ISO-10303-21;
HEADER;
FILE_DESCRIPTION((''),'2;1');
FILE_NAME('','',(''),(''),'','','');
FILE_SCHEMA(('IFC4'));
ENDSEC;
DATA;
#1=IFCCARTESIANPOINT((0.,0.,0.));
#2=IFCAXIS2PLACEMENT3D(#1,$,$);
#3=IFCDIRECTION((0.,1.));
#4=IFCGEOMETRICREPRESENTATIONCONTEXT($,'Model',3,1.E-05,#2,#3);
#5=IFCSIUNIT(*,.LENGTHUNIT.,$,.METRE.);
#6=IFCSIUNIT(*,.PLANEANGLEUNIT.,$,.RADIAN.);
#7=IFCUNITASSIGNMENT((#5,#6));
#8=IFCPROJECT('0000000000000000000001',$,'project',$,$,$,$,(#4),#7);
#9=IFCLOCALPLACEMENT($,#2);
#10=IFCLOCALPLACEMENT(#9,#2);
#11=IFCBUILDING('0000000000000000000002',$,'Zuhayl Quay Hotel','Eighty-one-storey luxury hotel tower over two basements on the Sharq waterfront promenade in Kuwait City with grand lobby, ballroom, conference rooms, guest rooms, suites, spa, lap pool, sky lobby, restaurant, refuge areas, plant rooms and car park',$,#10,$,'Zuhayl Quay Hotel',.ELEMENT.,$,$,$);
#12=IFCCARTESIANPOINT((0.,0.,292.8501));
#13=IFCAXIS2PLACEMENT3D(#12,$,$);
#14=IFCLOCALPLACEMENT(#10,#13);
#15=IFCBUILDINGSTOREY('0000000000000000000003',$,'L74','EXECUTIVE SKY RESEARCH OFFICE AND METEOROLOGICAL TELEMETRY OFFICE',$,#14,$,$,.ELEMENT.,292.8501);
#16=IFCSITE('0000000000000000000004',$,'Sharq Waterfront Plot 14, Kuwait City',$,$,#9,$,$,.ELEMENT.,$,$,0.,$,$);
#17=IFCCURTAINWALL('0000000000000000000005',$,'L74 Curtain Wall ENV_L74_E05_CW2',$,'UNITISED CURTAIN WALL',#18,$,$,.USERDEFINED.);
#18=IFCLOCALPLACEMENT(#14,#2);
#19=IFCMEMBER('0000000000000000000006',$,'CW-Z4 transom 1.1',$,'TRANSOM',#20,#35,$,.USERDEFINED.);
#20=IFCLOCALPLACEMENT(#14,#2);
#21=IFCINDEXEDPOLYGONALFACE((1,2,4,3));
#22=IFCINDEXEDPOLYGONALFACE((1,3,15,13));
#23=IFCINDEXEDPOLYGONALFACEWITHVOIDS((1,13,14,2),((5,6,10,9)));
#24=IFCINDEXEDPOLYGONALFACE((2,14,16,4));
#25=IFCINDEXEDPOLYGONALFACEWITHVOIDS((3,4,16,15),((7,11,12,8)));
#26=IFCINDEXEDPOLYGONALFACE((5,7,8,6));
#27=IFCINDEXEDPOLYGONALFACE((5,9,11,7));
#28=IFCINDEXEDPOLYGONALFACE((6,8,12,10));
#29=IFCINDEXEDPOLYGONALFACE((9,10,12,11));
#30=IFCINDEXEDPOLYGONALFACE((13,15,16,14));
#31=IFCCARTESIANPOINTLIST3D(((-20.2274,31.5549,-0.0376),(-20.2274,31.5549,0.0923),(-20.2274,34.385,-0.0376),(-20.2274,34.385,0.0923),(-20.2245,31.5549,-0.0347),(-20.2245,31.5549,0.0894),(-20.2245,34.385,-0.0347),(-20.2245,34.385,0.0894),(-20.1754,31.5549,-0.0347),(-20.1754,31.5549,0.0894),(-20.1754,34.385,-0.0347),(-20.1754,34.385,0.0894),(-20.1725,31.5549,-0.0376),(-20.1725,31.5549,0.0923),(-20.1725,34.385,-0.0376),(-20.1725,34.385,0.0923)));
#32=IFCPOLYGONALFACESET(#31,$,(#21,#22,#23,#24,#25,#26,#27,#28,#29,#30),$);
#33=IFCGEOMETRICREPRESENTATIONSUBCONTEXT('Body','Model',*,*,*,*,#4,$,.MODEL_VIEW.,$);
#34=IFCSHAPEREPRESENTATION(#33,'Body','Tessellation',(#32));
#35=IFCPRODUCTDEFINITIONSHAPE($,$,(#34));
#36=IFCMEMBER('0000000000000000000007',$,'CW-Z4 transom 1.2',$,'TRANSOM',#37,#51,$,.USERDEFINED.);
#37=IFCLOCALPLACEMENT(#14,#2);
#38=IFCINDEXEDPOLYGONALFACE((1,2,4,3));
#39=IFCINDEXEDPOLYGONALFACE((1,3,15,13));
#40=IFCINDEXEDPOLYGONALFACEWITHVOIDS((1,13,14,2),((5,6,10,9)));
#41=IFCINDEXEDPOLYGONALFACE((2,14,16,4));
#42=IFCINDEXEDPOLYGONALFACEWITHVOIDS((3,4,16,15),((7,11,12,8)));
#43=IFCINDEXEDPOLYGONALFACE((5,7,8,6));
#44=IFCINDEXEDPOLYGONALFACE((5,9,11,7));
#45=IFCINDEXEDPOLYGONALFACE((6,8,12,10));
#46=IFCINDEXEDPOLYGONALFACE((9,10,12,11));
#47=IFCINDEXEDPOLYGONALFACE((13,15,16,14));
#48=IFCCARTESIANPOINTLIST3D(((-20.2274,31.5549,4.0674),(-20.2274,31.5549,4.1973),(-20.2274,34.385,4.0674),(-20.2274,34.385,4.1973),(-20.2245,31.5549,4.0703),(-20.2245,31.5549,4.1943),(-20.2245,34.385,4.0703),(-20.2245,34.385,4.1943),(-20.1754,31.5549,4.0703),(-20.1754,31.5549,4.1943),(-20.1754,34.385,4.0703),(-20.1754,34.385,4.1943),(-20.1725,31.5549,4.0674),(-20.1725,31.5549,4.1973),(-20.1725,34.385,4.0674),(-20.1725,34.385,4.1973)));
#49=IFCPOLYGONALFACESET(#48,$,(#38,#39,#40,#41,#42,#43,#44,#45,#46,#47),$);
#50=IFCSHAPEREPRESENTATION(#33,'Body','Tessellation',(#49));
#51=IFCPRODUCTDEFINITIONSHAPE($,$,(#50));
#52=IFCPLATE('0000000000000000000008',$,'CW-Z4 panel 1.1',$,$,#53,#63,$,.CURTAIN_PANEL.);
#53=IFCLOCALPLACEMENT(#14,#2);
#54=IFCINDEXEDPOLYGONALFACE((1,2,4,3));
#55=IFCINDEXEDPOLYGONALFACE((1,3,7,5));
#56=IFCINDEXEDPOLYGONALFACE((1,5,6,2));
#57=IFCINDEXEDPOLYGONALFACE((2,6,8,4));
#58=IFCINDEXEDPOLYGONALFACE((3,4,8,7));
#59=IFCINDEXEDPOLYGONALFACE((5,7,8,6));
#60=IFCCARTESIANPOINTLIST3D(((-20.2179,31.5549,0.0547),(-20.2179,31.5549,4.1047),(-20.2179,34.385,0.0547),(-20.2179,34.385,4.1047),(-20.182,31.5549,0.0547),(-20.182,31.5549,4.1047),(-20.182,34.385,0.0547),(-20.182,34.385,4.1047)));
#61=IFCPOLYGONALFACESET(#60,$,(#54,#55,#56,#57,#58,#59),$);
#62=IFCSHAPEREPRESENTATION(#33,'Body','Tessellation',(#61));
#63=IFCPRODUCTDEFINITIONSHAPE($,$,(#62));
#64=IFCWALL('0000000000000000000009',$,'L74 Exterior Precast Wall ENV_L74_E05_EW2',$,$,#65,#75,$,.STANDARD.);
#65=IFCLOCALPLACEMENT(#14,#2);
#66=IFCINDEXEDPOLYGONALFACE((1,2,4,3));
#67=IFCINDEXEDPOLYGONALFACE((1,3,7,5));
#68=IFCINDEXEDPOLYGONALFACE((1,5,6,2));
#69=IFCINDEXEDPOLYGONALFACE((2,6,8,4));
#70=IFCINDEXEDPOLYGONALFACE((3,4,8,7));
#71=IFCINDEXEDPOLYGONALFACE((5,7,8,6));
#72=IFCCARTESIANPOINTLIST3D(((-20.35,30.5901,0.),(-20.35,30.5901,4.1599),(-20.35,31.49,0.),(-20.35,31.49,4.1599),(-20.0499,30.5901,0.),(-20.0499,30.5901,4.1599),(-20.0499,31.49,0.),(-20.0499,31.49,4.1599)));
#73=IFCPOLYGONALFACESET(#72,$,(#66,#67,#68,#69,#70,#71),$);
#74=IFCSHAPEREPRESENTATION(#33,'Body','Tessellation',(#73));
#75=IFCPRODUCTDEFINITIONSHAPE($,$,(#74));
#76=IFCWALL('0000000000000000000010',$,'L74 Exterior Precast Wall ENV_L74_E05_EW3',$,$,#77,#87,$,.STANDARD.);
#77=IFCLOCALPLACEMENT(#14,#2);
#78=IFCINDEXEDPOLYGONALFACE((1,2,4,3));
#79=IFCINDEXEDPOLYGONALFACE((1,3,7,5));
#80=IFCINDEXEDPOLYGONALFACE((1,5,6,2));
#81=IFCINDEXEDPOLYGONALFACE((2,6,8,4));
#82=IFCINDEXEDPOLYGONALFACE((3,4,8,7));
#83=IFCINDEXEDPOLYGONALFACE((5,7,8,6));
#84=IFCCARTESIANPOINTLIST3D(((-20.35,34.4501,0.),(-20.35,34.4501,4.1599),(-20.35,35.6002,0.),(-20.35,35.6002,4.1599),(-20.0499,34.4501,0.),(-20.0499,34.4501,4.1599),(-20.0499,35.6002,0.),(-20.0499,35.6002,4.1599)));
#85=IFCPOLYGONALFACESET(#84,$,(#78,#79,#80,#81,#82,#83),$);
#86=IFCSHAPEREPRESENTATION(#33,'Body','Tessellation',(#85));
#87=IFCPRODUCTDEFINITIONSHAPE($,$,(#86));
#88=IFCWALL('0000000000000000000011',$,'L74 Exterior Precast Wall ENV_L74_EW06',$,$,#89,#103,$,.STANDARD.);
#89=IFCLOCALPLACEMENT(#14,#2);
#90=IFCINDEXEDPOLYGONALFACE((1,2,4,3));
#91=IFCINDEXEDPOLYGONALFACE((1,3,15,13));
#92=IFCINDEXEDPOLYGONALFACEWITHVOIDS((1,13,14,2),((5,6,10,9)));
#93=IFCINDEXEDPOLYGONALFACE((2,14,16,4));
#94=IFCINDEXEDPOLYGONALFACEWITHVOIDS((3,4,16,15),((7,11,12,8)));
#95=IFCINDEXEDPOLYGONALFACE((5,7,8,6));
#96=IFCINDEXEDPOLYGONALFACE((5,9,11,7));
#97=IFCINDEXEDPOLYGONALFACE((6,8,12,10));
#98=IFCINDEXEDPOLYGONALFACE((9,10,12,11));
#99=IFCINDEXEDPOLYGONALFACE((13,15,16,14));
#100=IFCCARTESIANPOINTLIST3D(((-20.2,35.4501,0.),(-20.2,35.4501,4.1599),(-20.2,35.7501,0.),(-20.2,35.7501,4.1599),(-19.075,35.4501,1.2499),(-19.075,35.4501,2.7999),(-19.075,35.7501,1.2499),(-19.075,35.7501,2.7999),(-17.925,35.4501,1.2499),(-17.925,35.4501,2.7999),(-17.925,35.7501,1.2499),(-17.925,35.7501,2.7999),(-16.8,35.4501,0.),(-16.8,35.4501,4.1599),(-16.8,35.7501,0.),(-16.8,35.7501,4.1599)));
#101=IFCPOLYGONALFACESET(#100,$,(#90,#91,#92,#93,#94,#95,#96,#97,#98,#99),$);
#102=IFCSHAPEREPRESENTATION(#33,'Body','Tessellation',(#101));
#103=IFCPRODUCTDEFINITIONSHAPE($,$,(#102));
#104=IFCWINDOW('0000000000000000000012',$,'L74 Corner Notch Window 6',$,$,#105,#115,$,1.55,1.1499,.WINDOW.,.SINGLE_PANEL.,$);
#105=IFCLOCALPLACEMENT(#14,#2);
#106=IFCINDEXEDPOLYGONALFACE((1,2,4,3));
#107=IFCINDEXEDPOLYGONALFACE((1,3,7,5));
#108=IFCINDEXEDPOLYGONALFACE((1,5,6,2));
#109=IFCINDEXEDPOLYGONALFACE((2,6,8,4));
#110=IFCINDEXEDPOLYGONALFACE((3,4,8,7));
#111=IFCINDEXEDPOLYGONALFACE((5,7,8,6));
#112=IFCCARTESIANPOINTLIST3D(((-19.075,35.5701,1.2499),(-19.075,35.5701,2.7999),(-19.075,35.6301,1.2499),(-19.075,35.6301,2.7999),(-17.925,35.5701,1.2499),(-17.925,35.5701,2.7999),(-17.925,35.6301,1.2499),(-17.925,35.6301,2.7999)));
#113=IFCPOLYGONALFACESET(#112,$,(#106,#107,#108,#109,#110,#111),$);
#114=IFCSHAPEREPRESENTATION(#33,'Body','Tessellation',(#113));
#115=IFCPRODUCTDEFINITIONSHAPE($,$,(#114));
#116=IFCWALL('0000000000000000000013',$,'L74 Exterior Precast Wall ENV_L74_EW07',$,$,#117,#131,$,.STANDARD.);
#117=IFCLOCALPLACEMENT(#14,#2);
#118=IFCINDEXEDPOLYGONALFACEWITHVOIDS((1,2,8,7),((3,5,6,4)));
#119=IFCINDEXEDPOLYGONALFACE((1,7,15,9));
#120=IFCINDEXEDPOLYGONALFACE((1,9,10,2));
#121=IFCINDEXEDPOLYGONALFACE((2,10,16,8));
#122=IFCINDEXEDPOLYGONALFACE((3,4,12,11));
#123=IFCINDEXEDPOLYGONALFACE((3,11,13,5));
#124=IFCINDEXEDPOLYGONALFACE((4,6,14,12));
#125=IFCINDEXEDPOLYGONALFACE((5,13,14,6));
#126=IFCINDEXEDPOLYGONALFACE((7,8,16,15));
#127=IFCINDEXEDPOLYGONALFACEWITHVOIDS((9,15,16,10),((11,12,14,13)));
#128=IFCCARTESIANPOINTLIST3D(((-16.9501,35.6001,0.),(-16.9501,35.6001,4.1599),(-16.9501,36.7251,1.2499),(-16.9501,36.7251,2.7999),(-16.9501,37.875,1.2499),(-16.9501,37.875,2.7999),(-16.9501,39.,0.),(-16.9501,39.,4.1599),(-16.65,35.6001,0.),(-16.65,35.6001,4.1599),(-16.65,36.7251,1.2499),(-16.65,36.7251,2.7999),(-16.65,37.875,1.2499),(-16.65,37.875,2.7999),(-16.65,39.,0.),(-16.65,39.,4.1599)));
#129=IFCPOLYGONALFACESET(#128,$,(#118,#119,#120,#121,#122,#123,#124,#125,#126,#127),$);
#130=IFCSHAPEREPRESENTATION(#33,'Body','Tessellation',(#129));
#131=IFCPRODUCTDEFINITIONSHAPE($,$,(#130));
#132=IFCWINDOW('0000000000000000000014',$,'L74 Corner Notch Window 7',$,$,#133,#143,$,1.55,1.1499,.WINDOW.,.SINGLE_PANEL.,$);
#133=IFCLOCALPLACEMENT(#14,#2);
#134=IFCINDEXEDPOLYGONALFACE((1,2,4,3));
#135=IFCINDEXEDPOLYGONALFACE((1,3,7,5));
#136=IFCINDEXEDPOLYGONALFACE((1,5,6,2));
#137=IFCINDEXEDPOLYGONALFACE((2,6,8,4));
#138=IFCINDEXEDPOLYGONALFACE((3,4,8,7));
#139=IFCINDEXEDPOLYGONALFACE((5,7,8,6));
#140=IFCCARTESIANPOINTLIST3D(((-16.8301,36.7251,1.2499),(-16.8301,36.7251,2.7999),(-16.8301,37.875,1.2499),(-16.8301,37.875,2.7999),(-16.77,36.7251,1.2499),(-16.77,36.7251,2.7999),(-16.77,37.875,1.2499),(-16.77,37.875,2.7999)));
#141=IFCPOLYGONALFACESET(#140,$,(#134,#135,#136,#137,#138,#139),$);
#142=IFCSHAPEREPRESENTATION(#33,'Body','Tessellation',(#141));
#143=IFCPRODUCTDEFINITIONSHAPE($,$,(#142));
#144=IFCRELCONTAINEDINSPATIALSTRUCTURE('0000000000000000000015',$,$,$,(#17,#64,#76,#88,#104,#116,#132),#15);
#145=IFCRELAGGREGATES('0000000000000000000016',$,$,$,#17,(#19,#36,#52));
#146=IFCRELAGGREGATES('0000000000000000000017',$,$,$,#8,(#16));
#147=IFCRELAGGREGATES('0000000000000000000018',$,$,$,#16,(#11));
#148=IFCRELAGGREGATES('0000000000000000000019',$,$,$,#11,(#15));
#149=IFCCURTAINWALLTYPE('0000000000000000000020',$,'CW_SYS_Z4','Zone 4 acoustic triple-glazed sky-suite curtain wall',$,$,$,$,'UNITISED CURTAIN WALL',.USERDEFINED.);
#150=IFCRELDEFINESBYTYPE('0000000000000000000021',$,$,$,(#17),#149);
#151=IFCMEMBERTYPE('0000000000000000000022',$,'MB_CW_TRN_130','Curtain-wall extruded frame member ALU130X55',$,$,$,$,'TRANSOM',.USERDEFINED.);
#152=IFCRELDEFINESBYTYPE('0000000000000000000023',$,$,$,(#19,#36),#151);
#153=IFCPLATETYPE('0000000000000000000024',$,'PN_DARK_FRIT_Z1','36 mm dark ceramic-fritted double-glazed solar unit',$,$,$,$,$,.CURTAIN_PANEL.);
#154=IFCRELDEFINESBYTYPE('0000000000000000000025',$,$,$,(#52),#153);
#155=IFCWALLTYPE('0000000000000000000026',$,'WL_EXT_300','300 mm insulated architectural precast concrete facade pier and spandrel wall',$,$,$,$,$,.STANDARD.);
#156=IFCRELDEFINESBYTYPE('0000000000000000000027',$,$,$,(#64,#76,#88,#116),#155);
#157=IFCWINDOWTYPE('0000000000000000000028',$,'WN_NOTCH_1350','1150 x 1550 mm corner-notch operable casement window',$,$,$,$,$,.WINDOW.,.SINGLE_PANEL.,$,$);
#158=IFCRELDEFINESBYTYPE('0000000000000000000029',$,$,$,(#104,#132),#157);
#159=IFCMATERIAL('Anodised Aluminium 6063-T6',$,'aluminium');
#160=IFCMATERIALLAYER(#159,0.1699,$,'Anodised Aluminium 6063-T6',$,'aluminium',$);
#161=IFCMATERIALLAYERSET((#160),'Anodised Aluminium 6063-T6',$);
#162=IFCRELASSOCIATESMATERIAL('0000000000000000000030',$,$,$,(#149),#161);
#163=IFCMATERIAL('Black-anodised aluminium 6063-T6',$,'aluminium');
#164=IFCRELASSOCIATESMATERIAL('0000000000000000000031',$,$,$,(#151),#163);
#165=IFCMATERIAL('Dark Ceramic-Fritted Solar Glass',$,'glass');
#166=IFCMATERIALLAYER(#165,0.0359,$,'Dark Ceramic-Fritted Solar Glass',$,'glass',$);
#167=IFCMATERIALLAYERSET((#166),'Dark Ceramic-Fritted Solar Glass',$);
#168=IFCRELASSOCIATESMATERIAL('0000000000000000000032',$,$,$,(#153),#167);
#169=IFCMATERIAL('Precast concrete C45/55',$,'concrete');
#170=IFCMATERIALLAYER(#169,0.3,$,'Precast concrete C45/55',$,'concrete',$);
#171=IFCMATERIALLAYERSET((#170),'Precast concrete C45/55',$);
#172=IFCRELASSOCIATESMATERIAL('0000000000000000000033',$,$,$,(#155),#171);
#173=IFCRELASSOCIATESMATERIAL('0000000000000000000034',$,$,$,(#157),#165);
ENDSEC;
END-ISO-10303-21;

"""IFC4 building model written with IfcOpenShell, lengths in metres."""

from ifc_helpers import new_model, si_unit, direction, frame, frame_2d, origin, origin_2d, place, context, subcontext, project, spatial, rectangle, hollow_rectangle, extrude, material, layer, layer_set, material_profile, profile_set, type_object, element, fill, aggregate, save


model = new_model("IFC4")

# Units and contexts
model_context = context("Model", 3, precision=1e-05, world=origin(), true_north=direction((0.0, 1.0)))
body_context = subcontext(model_context, "Body", "Model", "MODEL_VIEW")
ifc_project = project(units=[si_unit("LENGTHUNIT", "METRE"), si_unit("PLANEANGLEUNIT", "RADIAN")], contexts=[model_context])

# Site, building, storey
site_placement = place(None, origin())
site = spatial("IfcSite", under=ifc_project, at=site_placement, Name="Sharq Waterfront Plot 14, Kuwait City", CompositionType="ELEMENT", RefElevation=0.0)
building_placement = place(site_placement, origin())
building = spatial("IfcBuilding", under=site, at=building_placement, Name="Zuhayl Quay Hotel", Description="Eighty-one-storey luxury hotel tower over two basements on the Sharq waterfront promenade in Kuwait City with grand lobby, ballroom, conference rooms, guest rooms, suites, spa, lap pool, sky lobby, restaurant, refuge areas, plant rooms and car park", LongName="Zuhayl Quay Hotel", CompositionType="ELEMENT")
storey_placement = place(building_placement, frame((0.0, 0.0, 292.8501)))
storey = spatial("IfcBuildingStorey", under=building, at=storey_placement, Name="L74", Description="EXECUTIVE SKY RESEARCH OFFICE AND METEOROLOGICAL TELEMETRY OFFICE", CompositionType="ELEMENT", Elevation=292.8501)

# Shared definitions
ifc_material_1 = material(Name="Anodised Aluminium 6063-T6", Category="aluminium")
ifc_layer_1 = layer(ifc_material_1, 0.1699, Name="Anodised Aluminium 6063-T6", Category="aluminium")
ifc_layer_set_1 = layer_set([ifc_layer_1], Name="Anodised Aluminium 6063-T6")
curtain_wall_type = type_object("IfcCurtainWallType", Name="CW_SYS_Z4", Description="Zone 4 acoustic triple-glazed sky-suite curtain wall", ElementType="UNITISED CURTAIN WALL", PredefinedType="USERDEFINED", material=ifc_layer_set_1)
ifc_material_2 = material(Name="Black-anodised aluminium 6063-T6", Category="aluminium")

# Curtain wall, members, plate
curtain_wall_1_placement = place(storey_placement, origin())
curtain_wall_1 = element("IfcCurtainWall", 1, at=curtain_wall_1_placement, inside=storey, type_object=curtain_wall_type, Name="L74 Curtain Wall ENV_L74_E05_CW2", ObjectType="UNITISED CURTAIN WALL", PredefinedType="USERDEFINED")
ifc_material_profile_1 = material_profile(ifc_material_2, hollow_rectangle(XDim=0.0549, YDim=0.1299, WallThickness=0.0029, at=origin_2d()), Name="ALU130X55")
ifc_profile_set_1 = profile_set([ifc_material_profile_1], Name="Black-anodised aluminium 6063-T6")
member_type_1 = type_object("IfcMemberType", Name="MB_CW_TRN_130", Description="Curtain-wall extruded frame member ALU130X55", ElementType="TRANSOM", PredefinedType="USERDEFINED", material=ifc_profile_set_1)
member_1_placement = place(storey_placement, frame((-20.2, 31.5549, 0.0273), z_axis=(0.0, 1.0, 0.0), x_axis=(-1.0, 0.0, 0.0)))
member_1 = element("IfcMember", 2, at=member_1_placement, type_object=member_type_1, Name="CW-Z4 transom 1.1", ObjectType="TRANSOM", PredefinedType="USERDEFINED", context=body_context, shape_type="SweptSolid", body=[
    extrude(hollow_rectangle(XDim=0.0549, YDim=0.1299, WallThickness=0.0029, at=origin_2d()), origin(), (0.0, 0.0, 1.0), 2.8301),
])
member_2_placement = place(storey_placement, frame((-20.2, 31.5549, 4.1323), z_axis=(0.0, 1.0, 0.0), x_axis=(-1.0, 0.0, 0.0)))
member_2 = element("IfcMember", 3, at=member_2_placement, type_object=member_type_1, Name="CW-Z4 transom 1.2", ObjectType="TRANSOM", PredefinedType="USERDEFINED", context=body_context, shape_type="SweptSolid", body=[
    extrude(hollow_rectangle(XDim=0.0549, YDim=0.1299, WallThickness=0.0029, at=origin_2d()), origin(), (0.0, 0.0, 1.0), 2.8301),
])
ifc_material_3 = material(Name="Dark Ceramic-Fritted Solar Glass", Category="glass")
ifc_layer_2 = layer(ifc_material_3, 0.0359, Name="Dark Ceramic-Fritted Solar Glass", Category="glass")
ifc_layer_set_2 = layer_set([ifc_layer_2], Name="Dark Ceramic-Fritted Solar Glass")
plate_type = type_object("IfcPlateType", Name="PN_DARK_FRIT_Z1", Description="36 mm dark ceramic-fritted double-glazed solar unit", PredefinedType="CURTAIN_PANEL", material=ifc_layer_set_2)
plate_placement = place(storey_placement, frame((-20.2, 32.97, 0.0547), z_axis=(0.0, 0.0, 1.0), x_axis=(0.0, 1.0, 0.0)))
plate = element("IfcPlate", 4, at=plate_placement, type_object=plate_type, Name="CW-Z4 panel 1.1", PredefinedType="CURTAIN_PANEL", context=body_context, shape_type="SweptSolid", body=[
    extrude(rectangle(XDim=2.8301, YDim=0.0359, at=origin_2d()), origin(), (0.0, 0.0, 1.0), 4.05),
])
aggregate(curtain_wall_1, [member_1, member_2, plate])

# Walls
ifc_material_4 = material(Name="Precast concrete C45/55", Category="concrete")
ifc_layer_3 = layer(ifc_material_4, 0.3, Name="Precast concrete C45/55", Category="concrete")
ifc_layer_set_3 = layer_set([ifc_layer_3], Name="Precast concrete C45/55")
wall_type_1 = type_object("IfcWallType", Name="WL_EXT_300", Description="300 mm insulated architectural precast concrete facade pier and spandrel wall", PredefinedType="STANDARD", material=ifc_layer_set_3)
wall_1_placement = place(storey_placement, frame((-20.2, 30.5901, 0.0), z_axis=(0.0, 0.0, 1.0), x_axis=(0.0, 1.0, 0.0)))
element("IfcWall", 5, at=wall_1_placement, inside=storey, type_object=wall_type_1, Name="L74 Exterior Precast Wall ENV_L74_E05_EW2", PredefinedType="STANDARD", context=body_context, shape_type="SweptSolid", body=[
    extrude(rectangle(XDim=0.8999, YDim=0.3, at=frame_2d((0.45, 0.0))), origin(), (0.0, 0.0, 1.0), 4.1599),
])
wall_2_placement = place(storey_placement, frame((-20.2, 34.45, 0.0), z_axis=(0.0, 0.0, 1.0), x_axis=(0.0, 1.0, 0.0)))
element("IfcWall", 6, at=wall_2_placement, inside=storey, type_object=wall_type_1, Name="L74 Exterior Precast Wall ENV_L74_E05_EW3", PredefinedType="STANDARD", context=body_context, shape_type="SweptSolid", body=[
    extrude(rectangle(XDim=1.1501, YDim=0.3, at=frame_2d((0.5752, 0.0))), origin(), (0.0, 0.0, 1.0), 4.1599),
])

# Walls, openings, windows
wall_3_placement = place(storey_placement, frame((-20.2, 35.6001, 0.0), z_axis=(0.0, 0.0, 1.0), x_axis=(1.0, 0.0, 0.0)))
wall_3 = element("IfcWall", 7, at=wall_3_placement, inside=storey, type_object=wall_type_1, Name="L74 Exterior Precast Wall ENV_L74_EW06", PredefinedType="STANDARD", context=body_context, shape_type="SweptSolid", body=[
    extrude(rectangle(XDim=3.3999, YDim=0.3, at=frame_2d((1.7, 0.0))), origin(), (0.0, 0.0, 1.0), 4.1599),
])
opening_1_placement = place(wall_3_placement, frame((1.125, 0.0, 1.25)))
opening_1 = element("IfcOpeningElement", 8, at=opening_1_placement, cuts=wall_3, PredefinedType="OPENING", context=body_context, shape_type="SweptSolid", body=[
    extrude(rectangle(XDim=1.1499, YDim=1.55, at=frame_2d((0.575, 0.7749))), frame((0.0, 0.1599, 0.0), z_axis=(0.0, -1.0, 0.0), x_axis=(1.0, 0.0, 0.0)), (0.0, 0.0, 1.0), 0.3201),
])
window_type_1 = type_object("IfcWindowType", Name="WN_NOTCH_1350", Description="1150 x 1550 mm corner-notch operable casement window", PartitioningType="SINGLE_PANEL", PredefinedType="WINDOW", material=ifc_material_3)
window_1_placement = place(opening_1_placement, origin())
window_1 = element("IfcWindow", 9, at=window_1_placement, inside=storey, type_object=window_type_1, Name="L74 Corner Notch Window 6", OverallHeight=1.55, OverallWidth=1.1499, PartitioningType="SINGLE_PANEL", PredefinedType="WINDOW", context=body_context, shape_type="SweptSolid", body=[
    extrude(rectangle(XDim=1.1499, YDim=1.55, at=frame_2d((0.575, 0.7749))), frame((0.0, 0.03, 0.0), z_axis=(0.0, -1.0, 0.0), x_axis=(1.0, 0.0, 0.0)), (0.0, 0.0, 1.0), 0.0601),
])
fill(opening_1, window_1)
wall_4_placement = place(storey_placement, frame((-16.8, 35.6001, 0.0), z_axis=(0.0, 0.0, 1.0), x_axis=(0.0, 1.0, 0.0)))
wall_4 = element("IfcWall", 10, at=wall_4_placement, inside=storey, type_object=wall_type_1, Name="L74 Exterior Precast Wall ENV_L74_EW07", PredefinedType="STANDARD", context=body_context, shape_type="SweptSolid", body=[
    extrude(rectangle(XDim=3.3999, YDim=0.3, at=frame_2d((1.7, 0.0))), origin(), (0.0, 0.0, 1.0), 4.1599),
])
opening_2_placement = place(wall_4_placement, frame((1.125, 0.0, 1.25)))
opening_2 = element("IfcOpeningElement", 11, at=opening_2_placement, cuts=wall_4, PredefinedType="OPENING", context=body_context, shape_type="SweptSolid", body=[
    extrude(rectangle(XDim=1.1499, YDim=1.55, at=frame_2d((0.575, 0.7749))), frame((0.0, 0.1599, 0.0), z_axis=(0.0, -1.0, 0.0), x_axis=(1.0, 0.0, 0.0)), (0.0, 0.0, 1.0), 0.3201),
])
window_2_placement = place(opening_2_placement, origin())
window_2 = element("IfcWindow", 12, at=window_2_placement, inside=storey, type_object=window_type_1, Name="L74 Corner Notch Window 7", OverallHeight=1.55, OverallWidth=1.1499, PartitioningType="SINGLE_PANEL", PredefinedType="WINDOW", context=body_context, shape_type="SweptSolid", body=[
    extrude(rectangle(XDim=1.1499, YDim=1.55, at=frame_2d((0.575, 0.7749))), frame((0.0, 0.03, 0.0), z_axis=(0.0, -1.0, 0.0), x_axis=(1.0, 0.0, 0.0)), (0.0, 0.0, 1.0), 0.0601),
])
fill(opening_2, window_2)

save(model, "model.ifc")
